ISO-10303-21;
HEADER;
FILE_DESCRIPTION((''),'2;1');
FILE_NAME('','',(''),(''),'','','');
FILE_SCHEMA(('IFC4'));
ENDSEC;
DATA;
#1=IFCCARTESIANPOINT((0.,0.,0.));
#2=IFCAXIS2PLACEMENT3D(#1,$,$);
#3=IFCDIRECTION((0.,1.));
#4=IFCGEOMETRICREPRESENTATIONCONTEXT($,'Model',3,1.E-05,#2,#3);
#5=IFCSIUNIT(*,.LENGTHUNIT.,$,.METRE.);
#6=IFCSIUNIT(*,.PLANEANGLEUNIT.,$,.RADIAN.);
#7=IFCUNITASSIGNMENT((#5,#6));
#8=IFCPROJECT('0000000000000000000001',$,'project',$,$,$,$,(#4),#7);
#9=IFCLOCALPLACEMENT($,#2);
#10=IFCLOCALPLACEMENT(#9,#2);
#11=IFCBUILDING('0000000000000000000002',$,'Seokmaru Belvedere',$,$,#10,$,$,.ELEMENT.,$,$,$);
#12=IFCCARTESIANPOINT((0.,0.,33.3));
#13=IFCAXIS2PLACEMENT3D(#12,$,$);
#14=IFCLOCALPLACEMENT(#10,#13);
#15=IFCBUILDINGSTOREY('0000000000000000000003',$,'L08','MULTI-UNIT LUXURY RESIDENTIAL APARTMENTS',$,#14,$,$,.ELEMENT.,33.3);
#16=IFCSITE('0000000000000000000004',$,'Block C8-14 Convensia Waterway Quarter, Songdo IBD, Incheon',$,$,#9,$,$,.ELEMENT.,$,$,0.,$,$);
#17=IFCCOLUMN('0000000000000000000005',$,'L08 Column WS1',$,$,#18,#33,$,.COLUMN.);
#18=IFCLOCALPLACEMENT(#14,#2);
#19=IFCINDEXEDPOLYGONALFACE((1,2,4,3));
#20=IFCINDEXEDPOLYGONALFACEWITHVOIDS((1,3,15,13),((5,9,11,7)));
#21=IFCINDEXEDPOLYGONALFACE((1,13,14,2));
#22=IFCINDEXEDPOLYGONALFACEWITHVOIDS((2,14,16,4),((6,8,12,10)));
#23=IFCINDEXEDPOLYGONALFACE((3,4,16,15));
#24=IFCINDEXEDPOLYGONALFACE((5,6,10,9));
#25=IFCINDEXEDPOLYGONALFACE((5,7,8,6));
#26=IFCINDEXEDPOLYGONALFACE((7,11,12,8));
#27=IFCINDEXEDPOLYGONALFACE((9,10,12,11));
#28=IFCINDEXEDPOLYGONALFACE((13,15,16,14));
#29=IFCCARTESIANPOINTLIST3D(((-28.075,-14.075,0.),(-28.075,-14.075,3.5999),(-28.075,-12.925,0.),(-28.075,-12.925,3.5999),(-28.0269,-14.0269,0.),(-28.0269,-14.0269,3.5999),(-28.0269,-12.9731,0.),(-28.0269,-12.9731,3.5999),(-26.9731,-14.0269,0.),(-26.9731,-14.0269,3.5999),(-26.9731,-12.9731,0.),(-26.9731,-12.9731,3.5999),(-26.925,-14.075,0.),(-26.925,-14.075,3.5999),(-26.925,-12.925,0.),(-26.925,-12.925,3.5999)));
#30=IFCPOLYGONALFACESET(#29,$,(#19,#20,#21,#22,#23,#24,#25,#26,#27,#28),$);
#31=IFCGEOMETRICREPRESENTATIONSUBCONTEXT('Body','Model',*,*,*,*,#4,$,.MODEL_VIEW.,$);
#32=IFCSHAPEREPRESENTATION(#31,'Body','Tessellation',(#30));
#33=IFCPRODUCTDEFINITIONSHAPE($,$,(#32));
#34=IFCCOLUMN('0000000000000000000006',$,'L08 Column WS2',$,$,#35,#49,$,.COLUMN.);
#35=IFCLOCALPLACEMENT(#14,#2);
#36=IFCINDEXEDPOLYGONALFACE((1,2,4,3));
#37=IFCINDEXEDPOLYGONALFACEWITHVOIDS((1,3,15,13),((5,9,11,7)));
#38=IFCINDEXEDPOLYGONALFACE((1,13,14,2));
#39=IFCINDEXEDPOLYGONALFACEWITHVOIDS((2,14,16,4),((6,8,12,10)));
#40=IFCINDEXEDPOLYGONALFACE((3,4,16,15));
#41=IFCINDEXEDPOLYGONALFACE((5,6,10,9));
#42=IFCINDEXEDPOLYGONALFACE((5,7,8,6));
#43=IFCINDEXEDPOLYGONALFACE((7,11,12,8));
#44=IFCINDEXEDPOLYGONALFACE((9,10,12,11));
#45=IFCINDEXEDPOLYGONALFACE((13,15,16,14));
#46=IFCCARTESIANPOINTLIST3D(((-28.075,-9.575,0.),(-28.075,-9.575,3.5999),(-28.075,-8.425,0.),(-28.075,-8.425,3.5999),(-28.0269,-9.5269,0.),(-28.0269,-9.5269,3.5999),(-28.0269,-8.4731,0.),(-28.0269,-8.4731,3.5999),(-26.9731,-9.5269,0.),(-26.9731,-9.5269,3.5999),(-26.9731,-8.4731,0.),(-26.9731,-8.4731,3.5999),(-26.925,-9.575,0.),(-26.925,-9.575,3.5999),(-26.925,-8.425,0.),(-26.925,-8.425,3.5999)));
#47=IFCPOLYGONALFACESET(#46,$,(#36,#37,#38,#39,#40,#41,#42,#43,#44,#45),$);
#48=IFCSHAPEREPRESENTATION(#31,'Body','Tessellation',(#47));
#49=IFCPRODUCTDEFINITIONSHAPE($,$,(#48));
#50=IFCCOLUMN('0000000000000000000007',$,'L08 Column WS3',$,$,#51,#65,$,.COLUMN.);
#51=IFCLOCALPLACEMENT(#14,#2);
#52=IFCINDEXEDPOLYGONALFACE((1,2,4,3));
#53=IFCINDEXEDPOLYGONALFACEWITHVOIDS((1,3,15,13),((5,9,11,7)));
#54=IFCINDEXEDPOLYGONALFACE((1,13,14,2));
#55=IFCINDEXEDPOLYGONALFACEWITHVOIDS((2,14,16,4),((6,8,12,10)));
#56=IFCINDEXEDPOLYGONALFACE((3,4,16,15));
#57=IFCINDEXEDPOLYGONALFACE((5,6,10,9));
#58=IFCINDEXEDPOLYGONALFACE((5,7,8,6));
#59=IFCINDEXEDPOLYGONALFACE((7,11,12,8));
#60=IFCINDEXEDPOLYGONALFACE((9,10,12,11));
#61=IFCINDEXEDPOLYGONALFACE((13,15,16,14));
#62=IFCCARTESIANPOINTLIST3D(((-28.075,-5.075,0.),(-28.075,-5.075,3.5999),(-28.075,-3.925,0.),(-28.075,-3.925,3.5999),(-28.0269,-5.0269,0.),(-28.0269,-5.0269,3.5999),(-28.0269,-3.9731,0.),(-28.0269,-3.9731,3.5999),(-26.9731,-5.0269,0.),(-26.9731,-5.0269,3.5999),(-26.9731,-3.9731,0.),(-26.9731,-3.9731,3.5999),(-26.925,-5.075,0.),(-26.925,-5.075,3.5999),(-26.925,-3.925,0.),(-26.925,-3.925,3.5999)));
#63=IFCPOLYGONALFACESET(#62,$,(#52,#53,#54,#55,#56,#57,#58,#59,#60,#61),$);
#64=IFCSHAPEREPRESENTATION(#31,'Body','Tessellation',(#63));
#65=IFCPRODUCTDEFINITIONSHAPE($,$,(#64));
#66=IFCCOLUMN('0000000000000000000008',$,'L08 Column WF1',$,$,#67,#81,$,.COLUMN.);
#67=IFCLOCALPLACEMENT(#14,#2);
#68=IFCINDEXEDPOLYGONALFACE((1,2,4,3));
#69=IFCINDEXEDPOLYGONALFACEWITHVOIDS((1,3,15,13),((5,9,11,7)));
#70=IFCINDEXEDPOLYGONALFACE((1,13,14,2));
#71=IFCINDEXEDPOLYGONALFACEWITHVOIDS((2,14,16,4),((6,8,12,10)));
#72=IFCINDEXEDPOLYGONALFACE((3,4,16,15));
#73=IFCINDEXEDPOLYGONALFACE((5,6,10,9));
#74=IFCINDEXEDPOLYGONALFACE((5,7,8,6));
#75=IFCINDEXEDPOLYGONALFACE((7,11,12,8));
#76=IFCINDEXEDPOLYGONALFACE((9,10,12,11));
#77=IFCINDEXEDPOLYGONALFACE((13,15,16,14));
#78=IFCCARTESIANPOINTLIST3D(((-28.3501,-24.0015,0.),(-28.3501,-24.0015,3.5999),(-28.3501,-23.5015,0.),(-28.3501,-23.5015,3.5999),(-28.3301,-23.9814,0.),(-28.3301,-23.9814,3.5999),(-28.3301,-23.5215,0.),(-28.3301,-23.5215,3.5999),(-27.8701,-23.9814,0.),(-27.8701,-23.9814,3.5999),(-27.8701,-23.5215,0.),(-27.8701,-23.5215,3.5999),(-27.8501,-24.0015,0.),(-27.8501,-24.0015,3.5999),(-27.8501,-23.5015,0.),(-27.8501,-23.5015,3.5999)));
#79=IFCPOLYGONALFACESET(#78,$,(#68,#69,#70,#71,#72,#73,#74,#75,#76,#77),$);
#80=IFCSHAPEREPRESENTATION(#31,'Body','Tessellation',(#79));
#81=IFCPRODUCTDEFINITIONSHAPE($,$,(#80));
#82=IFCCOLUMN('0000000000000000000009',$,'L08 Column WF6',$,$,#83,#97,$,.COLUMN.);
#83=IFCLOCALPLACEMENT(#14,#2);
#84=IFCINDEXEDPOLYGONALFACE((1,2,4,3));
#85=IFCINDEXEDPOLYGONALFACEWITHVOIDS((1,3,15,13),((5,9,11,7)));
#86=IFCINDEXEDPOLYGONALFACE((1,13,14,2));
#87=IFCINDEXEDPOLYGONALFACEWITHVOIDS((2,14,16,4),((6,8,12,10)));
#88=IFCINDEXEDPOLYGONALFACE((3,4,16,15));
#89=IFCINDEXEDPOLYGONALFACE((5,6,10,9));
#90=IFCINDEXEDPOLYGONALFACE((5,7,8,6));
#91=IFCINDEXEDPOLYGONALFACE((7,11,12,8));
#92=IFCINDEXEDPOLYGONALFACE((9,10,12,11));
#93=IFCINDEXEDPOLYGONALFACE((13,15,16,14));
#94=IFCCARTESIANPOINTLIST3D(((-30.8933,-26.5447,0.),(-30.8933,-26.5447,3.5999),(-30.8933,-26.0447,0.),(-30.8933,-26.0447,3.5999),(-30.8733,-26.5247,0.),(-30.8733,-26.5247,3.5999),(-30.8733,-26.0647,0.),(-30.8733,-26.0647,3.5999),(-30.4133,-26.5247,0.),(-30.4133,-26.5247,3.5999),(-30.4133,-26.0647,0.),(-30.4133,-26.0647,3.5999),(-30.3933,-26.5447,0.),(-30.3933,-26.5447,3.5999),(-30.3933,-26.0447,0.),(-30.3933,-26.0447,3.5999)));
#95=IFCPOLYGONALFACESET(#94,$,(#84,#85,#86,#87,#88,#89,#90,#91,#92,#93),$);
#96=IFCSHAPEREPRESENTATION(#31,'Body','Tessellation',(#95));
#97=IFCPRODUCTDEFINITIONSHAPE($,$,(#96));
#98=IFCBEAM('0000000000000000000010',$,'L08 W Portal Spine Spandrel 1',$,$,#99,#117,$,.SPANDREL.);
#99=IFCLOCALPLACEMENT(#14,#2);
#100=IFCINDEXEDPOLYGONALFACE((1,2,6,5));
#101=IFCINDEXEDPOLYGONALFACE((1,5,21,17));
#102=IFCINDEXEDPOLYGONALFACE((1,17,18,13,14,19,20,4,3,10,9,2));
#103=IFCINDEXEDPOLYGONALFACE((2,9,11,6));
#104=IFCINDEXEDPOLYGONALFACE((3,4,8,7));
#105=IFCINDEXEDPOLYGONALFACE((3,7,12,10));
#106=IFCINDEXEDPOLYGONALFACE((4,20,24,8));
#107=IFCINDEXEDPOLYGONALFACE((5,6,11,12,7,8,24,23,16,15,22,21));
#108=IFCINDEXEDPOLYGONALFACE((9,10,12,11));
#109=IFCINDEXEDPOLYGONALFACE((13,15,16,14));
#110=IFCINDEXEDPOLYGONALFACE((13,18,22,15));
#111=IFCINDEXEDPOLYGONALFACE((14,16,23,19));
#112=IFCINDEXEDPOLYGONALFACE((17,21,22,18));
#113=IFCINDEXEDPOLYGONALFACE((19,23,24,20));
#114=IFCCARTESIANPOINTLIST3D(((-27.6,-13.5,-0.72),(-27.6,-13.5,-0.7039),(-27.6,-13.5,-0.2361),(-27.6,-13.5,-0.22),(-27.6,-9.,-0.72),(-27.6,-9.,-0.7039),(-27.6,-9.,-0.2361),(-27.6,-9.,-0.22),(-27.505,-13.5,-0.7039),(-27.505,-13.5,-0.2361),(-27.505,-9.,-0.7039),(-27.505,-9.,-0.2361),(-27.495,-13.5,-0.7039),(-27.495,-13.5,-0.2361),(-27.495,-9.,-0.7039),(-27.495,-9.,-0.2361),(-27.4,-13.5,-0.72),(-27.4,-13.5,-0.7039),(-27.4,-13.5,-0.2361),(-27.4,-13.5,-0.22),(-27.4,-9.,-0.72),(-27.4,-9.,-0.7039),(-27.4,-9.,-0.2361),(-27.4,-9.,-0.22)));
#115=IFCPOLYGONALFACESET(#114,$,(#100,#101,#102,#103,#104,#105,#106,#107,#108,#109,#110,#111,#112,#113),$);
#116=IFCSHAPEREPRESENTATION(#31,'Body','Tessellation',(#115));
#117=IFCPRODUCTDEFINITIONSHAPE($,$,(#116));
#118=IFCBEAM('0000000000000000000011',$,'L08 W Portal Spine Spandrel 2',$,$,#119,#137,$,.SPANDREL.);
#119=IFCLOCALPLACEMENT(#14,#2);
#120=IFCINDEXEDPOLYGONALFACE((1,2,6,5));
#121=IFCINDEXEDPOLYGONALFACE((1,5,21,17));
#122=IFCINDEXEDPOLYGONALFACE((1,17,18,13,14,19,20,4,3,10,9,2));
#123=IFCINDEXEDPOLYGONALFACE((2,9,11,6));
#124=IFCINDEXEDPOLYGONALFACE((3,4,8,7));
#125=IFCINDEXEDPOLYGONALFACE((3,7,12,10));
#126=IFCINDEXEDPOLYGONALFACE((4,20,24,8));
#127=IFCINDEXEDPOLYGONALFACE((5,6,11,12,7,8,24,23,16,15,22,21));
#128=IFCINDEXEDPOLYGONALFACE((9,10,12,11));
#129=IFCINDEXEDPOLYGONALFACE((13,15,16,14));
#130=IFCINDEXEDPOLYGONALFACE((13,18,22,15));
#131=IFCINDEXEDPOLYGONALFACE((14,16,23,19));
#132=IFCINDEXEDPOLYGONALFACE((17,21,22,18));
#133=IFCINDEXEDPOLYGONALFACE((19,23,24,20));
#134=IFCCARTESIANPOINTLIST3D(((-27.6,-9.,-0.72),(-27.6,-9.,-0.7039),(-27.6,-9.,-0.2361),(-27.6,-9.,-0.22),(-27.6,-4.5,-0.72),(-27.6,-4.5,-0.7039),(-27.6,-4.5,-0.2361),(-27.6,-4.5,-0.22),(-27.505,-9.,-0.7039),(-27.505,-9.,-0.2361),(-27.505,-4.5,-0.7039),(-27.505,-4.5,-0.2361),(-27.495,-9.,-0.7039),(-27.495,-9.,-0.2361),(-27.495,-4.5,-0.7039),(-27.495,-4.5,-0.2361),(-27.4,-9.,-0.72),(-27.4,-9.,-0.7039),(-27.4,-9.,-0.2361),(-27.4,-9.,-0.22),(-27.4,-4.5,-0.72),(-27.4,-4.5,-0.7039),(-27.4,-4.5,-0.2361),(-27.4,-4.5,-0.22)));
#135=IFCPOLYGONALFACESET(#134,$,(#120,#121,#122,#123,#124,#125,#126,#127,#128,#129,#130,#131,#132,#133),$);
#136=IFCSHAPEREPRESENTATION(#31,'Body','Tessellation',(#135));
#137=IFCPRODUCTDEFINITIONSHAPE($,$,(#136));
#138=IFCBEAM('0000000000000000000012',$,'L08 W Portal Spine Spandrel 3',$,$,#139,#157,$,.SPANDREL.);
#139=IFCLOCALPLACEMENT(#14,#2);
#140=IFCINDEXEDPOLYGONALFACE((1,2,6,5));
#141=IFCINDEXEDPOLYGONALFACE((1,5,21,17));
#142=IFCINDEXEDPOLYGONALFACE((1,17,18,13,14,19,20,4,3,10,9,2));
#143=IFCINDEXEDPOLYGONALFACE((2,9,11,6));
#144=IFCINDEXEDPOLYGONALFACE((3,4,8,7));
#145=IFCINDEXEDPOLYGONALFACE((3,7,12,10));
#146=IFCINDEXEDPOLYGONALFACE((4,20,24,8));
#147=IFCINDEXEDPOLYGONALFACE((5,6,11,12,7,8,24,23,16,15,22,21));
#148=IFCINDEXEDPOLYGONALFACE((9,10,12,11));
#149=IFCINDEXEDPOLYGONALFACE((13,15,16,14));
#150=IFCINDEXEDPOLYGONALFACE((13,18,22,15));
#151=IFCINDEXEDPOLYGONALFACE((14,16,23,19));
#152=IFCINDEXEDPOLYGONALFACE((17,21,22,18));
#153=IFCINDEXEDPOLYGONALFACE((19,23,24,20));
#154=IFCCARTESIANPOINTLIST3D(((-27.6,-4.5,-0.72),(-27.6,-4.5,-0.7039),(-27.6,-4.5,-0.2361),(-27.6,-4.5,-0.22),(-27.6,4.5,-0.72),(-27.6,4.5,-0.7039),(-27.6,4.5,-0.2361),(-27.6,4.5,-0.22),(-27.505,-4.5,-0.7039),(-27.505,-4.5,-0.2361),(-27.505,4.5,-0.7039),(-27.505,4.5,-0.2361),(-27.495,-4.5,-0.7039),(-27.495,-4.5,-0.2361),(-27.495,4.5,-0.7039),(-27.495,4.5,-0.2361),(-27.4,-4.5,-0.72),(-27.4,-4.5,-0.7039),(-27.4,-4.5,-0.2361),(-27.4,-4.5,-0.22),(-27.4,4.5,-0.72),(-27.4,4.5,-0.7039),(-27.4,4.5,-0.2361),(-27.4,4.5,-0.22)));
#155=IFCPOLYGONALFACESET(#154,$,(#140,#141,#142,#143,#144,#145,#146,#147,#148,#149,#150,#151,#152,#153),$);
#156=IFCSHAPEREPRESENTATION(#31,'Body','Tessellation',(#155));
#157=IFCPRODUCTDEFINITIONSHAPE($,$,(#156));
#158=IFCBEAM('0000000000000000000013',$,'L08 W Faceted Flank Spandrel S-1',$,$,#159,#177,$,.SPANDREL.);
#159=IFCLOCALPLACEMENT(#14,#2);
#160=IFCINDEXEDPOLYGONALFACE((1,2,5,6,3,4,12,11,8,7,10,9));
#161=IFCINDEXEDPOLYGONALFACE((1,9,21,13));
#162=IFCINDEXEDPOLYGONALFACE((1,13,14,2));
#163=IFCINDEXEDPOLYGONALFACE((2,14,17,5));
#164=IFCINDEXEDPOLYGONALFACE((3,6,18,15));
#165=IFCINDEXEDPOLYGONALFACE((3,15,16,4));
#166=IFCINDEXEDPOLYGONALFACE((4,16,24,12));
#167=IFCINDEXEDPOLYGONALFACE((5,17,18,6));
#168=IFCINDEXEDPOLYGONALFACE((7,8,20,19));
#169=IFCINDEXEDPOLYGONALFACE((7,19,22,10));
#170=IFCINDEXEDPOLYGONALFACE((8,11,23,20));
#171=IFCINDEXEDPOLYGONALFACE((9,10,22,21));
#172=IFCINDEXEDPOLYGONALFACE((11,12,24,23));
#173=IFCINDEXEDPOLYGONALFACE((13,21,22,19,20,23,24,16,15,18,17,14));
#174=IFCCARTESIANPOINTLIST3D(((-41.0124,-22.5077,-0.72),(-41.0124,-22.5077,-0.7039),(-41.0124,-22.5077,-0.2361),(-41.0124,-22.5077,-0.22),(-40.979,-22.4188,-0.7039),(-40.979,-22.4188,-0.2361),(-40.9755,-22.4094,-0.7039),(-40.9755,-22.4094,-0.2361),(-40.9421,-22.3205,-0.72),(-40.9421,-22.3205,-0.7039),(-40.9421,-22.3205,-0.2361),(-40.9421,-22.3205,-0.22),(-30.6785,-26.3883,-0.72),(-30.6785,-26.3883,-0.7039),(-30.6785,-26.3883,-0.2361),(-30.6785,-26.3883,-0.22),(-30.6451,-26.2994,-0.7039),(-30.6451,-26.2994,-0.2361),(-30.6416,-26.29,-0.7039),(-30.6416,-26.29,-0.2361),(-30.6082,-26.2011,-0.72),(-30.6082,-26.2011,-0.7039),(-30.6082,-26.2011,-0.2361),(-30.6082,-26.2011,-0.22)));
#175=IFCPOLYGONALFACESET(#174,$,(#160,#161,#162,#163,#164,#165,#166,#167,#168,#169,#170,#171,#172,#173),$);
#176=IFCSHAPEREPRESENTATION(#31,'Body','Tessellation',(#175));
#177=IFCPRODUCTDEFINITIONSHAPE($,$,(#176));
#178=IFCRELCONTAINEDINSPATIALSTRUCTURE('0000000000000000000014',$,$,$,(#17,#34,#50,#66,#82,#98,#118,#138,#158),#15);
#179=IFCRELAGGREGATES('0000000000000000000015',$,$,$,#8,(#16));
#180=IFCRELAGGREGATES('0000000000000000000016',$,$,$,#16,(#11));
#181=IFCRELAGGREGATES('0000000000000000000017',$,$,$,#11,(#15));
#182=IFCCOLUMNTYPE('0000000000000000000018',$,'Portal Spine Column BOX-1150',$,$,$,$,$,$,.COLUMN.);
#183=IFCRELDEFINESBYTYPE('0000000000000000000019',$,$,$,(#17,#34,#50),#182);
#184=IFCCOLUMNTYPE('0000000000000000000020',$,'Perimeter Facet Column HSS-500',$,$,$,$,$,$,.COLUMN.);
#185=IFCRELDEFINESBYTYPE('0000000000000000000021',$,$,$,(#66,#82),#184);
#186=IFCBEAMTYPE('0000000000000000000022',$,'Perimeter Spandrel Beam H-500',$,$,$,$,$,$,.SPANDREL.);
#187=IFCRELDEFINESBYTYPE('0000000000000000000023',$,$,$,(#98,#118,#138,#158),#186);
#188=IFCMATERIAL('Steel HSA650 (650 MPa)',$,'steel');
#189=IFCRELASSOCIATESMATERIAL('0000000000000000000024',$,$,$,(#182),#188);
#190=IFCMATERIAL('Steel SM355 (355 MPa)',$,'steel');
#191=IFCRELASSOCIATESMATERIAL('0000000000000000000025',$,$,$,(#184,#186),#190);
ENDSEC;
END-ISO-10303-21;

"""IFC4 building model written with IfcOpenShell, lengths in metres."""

from ifc_helpers import new_model, si_unit, direction, frame, origin, origin_2d, place, context, subcontext, project, spatial, hollow_rectangle, i_section, extrude, source, transform, mapped, material, material_profile, profile_set, type_object, type_shapes, element, save


model = new_model("IFC4")

# Units and contexts
model_context = context("Model", 3, precision=1e-05, world=origin(), true_north=direction((0.0, 1.0)))
body_context = subcontext(model_context, "Body", "Model", "MODEL_VIEW")
ifc_project = project(units=[si_unit("LENGTHUNIT", "METRE"), si_unit("PLANEANGLEUNIT", "RADIAN")], contexts=[model_context])

# Site, building, storey
site_placement = place(None, origin())
site = spatial("IfcSite", under=ifc_project, at=site_placement, Name="Block C8-14 Convensia Waterway Quarter, Songdo IBD, Incheon", CompositionType="ELEMENT", RefElevation=0.0)
building_placement = place(site_placement, origin())
building = spatial("IfcBuilding", under=site, at=building_placement, Name="Seokmaru Belvedere", CompositionType="ELEMENT")
storey_placement = place(building_placement, frame((0.0, 0.0, 33.3)))
storey = spatial("IfcBuildingStorey", under=building, at=storey_placement, Name="L08", Description="MULTI-UNIT LUXURY RESIDENTIAL APARTMENTS", CompositionType="ELEMENT", Elevation=33.3)

# Columns
ifc_material_1 = material(Name="Steel HSA650 (650 MPa)", Category="steel")
ifc_material_profile_1 = material_profile(ifc_material_1, hollow_rectangle(XDim=1.1499, YDim=1.1499, WallThickness=0.0481, at=origin_2d()), Name="BOX-1150x1150x48")
ifc_profile_set_1 = profile_set([ifc_material_profile_1], Name="Steel HSA650 (650 MPa)")
column_type_1 = type_object("IfcColumnType", Name="Portal Spine Column BOX-1150", PredefinedType="COLUMN", material=ifc_profile_set_1)
shared_shape_1 = source(origin(), body_context, "Body", "SweptSolid", [
    extrude(hollow_rectangle(XDim=1.1499, YDim=1.1499, WallThickness=0.0481, at=origin_2d()), origin(), (0.0, 0.0, 1.0), 3.5999),
])
type_shapes(column_type_1, [shared_shape_1])
for number, where, z_axis, x_axis, name in (
    (1, (-27.5, -13.5, 0.0), (0.0, 0.0, 1.0), (1.0, 0.0, 0.0), "L08 Column WS1"),
    (2, (-27.5, -9.0, 0.0), (0.0, 0.0, 1.0), (1.0, 0.0, 0.0), "L08 Column WS2"),
    (3, (-27.5, -4.5, 0.0), (0.0, 0.0, 1.0), (1.0, 0.0, 0.0), "L08 Column WS3"),
):
    element("IfcColumn", number, at=place(storey_placement, frame(where, z_axis=z_axis, x_axis=x_axis)), inside=storey, type_object=column_type_1, Name=name, PredefinedType="COLUMN", context=body_context, shape_type="MappedRepresentation", body=[
        mapped(shared_shape_1, transform((0.0, 0.0, 0.0), scale=1.0)),
    ])
ifc_material_2 = material(Name="Steel SM355 (355 MPa)", Category="steel")
ifc_material_profile_2 = material_profile(ifc_material_2, hollow_rectangle(XDim=0.5, YDim=0.5, WallThickness=0.02, at=origin_2d()), Name="HSS-500x500x20")
ifc_profile_set_2 = profile_set([ifc_material_profile_2], Name="Steel SM355 (355 MPa)")
column_type_2 = type_object("IfcColumnType", Name="Perimeter Facet Column HSS-500", PredefinedType="COLUMN", material=ifc_profile_set_2)
shared_shape_2 = source(origin(), body_context, "Body", "SweptSolid", [
    extrude(hollow_rectangle(XDim=0.5, YDim=0.5, WallThickness=0.02, at=origin_2d()), origin(), (0.0, 0.0, 1.0), 3.5999),
])
type_shapes(column_type_2, [shared_shape_2])
for number, where, z_axis, x_axis, name in (
    (4, (-28.1001, -23.7515, 0.0), (0.0, 0.0, 1.0), (1.0, 0.0, 0.0), "L08 Column WF1"),
    (5, (-30.6433, -26.2947, 0.0), (0.0, 0.0, 1.0), (1.0, 0.0, 0.0), "L08 Column WF6"),
):
    element("IfcColumn", number, at=place(storey_placement, frame(where, z_axis=z_axis, x_axis=x_axis)), inside=storey, type_object=column_type_2, Name=name, PredefinedType="COLUMN", context=body_context, shape_type="MappedRepresentation", body=[
        mapped(shared_shape_2, transform((0.0, 0.0, 0.0), scale=1.0)),
    ])

# Beams
ifc_material_profile_3 = material_profile(ifc_material_2, i_section(OverallWidth=0.2, OverallDepth=0.5, WebThickness=0.01, FlangeThickness=0.0161, at=origin_2d()), Name="H-500x200x10x16")
ifc_profile_set_3 = profile_set([ifc_material_profile_3], Name="Steel SM355 (355 MPa)")
beam_type = type_object("IfcBeamType", Name="Perimeter Spandrel Beam H-500", PredefinedType="SPANDREL", material=ifc_profile_set_3)
shared_shape_3 = source(origin(), body_context, "Body", "SweptSolid", [
    extrude(i_section(OverallWidth=0.2, OverallDepth=0.5, WebThickness=0.01, FlangeThickness=0.0161, at=origin_2d()), origin(), (0.0, 0.0, 1.0), 4.5),
])
for number, where, z_axis, x_axis, name in (
    (6, (-27.5, -13.5, -0.47), (0.0, 1.0, 0.0), (-1.0, 0.0, 0.0), "L08 W Portal Spine Spandrel 1"),
    (7, (-27.5, -9.0, -0.47), (0.0, 1.0, 0.0), (-1.0, 0.0, 0.0), "L08 W Portal Spine Spandrel 2"),
):
    element("IfcBeam", number, at=place(storey_placement, frame(where, z_axis=z_axis, x_axis=x_axis)), inside=storey, type_object=beam_type, Name=name, PredefinedType="SPANDREL", context=body_context, shape_type="MappedRepresentation", body=[
        mapped(shared_shape_3, transform((0.0, 0.0, 0.0), scale=1.0)),
    ])
shared_shape_4 = source(origin(), body_context, "Body", "SweptSolid", [
    extrude(i_section(OverallWidth=0.2, OverallDepth=0.5, WebThickness=0.01, FlangeThickness=0.0161, at=origin_2d()), origin(), (0.0, 0.0, 1.0), 9.0),
])
beam_1_placement = place(storey_placement, frame((-27.5, -4.5, -0.47), z_axis=(0.0, 1.0, 0.0), x_axis=(-1.0, 0.0, 0.0)))
element("IfcBeam", 8, at=beam_1_placement, inside=storey, type_object=beam_type, Name="L08 W Portal Spine Spandrel 3", PredefinedType="SPANDREL", context=body_context, shape_type="MappedRepresentation", body=[
    mapped(shared_shape_4, transform((0.0, 0.0, 0.0), scale=1.0)),
])
shared_shape_5 = source(origin(), body_context, "Body", "SweptSolid", [
    extrude(i_section(OverallWidth=0.2, OverallDepth=0.5, WebThickness=0.01, FlangeThickness=0.0161, at=origin_2d()), origin(), (0.0, 0.0, 1.0), 11.0386),
])
beam_2_placement = place(storey_placement, frame((-30.6433, -26.2947, -0.47), z_axis=(-0.936169, 0.35155, 0.0), x_axis=(-0.35155, -0.936169, 0.0)))
element("IfcBeam", 9, at=beam_2_placement, inside=storey, type_object=beam_type, Name="L08 W Faceted Flank Spandrel S-1", PredefinedType="SPANDREL", context=body_context, shape_type="MappedRepresentation", body=[
    mapped(shared_shape_5, transform((0.0, 0.0, 0.0), scale=1.0)),
])

save(model, "model.ifc")
